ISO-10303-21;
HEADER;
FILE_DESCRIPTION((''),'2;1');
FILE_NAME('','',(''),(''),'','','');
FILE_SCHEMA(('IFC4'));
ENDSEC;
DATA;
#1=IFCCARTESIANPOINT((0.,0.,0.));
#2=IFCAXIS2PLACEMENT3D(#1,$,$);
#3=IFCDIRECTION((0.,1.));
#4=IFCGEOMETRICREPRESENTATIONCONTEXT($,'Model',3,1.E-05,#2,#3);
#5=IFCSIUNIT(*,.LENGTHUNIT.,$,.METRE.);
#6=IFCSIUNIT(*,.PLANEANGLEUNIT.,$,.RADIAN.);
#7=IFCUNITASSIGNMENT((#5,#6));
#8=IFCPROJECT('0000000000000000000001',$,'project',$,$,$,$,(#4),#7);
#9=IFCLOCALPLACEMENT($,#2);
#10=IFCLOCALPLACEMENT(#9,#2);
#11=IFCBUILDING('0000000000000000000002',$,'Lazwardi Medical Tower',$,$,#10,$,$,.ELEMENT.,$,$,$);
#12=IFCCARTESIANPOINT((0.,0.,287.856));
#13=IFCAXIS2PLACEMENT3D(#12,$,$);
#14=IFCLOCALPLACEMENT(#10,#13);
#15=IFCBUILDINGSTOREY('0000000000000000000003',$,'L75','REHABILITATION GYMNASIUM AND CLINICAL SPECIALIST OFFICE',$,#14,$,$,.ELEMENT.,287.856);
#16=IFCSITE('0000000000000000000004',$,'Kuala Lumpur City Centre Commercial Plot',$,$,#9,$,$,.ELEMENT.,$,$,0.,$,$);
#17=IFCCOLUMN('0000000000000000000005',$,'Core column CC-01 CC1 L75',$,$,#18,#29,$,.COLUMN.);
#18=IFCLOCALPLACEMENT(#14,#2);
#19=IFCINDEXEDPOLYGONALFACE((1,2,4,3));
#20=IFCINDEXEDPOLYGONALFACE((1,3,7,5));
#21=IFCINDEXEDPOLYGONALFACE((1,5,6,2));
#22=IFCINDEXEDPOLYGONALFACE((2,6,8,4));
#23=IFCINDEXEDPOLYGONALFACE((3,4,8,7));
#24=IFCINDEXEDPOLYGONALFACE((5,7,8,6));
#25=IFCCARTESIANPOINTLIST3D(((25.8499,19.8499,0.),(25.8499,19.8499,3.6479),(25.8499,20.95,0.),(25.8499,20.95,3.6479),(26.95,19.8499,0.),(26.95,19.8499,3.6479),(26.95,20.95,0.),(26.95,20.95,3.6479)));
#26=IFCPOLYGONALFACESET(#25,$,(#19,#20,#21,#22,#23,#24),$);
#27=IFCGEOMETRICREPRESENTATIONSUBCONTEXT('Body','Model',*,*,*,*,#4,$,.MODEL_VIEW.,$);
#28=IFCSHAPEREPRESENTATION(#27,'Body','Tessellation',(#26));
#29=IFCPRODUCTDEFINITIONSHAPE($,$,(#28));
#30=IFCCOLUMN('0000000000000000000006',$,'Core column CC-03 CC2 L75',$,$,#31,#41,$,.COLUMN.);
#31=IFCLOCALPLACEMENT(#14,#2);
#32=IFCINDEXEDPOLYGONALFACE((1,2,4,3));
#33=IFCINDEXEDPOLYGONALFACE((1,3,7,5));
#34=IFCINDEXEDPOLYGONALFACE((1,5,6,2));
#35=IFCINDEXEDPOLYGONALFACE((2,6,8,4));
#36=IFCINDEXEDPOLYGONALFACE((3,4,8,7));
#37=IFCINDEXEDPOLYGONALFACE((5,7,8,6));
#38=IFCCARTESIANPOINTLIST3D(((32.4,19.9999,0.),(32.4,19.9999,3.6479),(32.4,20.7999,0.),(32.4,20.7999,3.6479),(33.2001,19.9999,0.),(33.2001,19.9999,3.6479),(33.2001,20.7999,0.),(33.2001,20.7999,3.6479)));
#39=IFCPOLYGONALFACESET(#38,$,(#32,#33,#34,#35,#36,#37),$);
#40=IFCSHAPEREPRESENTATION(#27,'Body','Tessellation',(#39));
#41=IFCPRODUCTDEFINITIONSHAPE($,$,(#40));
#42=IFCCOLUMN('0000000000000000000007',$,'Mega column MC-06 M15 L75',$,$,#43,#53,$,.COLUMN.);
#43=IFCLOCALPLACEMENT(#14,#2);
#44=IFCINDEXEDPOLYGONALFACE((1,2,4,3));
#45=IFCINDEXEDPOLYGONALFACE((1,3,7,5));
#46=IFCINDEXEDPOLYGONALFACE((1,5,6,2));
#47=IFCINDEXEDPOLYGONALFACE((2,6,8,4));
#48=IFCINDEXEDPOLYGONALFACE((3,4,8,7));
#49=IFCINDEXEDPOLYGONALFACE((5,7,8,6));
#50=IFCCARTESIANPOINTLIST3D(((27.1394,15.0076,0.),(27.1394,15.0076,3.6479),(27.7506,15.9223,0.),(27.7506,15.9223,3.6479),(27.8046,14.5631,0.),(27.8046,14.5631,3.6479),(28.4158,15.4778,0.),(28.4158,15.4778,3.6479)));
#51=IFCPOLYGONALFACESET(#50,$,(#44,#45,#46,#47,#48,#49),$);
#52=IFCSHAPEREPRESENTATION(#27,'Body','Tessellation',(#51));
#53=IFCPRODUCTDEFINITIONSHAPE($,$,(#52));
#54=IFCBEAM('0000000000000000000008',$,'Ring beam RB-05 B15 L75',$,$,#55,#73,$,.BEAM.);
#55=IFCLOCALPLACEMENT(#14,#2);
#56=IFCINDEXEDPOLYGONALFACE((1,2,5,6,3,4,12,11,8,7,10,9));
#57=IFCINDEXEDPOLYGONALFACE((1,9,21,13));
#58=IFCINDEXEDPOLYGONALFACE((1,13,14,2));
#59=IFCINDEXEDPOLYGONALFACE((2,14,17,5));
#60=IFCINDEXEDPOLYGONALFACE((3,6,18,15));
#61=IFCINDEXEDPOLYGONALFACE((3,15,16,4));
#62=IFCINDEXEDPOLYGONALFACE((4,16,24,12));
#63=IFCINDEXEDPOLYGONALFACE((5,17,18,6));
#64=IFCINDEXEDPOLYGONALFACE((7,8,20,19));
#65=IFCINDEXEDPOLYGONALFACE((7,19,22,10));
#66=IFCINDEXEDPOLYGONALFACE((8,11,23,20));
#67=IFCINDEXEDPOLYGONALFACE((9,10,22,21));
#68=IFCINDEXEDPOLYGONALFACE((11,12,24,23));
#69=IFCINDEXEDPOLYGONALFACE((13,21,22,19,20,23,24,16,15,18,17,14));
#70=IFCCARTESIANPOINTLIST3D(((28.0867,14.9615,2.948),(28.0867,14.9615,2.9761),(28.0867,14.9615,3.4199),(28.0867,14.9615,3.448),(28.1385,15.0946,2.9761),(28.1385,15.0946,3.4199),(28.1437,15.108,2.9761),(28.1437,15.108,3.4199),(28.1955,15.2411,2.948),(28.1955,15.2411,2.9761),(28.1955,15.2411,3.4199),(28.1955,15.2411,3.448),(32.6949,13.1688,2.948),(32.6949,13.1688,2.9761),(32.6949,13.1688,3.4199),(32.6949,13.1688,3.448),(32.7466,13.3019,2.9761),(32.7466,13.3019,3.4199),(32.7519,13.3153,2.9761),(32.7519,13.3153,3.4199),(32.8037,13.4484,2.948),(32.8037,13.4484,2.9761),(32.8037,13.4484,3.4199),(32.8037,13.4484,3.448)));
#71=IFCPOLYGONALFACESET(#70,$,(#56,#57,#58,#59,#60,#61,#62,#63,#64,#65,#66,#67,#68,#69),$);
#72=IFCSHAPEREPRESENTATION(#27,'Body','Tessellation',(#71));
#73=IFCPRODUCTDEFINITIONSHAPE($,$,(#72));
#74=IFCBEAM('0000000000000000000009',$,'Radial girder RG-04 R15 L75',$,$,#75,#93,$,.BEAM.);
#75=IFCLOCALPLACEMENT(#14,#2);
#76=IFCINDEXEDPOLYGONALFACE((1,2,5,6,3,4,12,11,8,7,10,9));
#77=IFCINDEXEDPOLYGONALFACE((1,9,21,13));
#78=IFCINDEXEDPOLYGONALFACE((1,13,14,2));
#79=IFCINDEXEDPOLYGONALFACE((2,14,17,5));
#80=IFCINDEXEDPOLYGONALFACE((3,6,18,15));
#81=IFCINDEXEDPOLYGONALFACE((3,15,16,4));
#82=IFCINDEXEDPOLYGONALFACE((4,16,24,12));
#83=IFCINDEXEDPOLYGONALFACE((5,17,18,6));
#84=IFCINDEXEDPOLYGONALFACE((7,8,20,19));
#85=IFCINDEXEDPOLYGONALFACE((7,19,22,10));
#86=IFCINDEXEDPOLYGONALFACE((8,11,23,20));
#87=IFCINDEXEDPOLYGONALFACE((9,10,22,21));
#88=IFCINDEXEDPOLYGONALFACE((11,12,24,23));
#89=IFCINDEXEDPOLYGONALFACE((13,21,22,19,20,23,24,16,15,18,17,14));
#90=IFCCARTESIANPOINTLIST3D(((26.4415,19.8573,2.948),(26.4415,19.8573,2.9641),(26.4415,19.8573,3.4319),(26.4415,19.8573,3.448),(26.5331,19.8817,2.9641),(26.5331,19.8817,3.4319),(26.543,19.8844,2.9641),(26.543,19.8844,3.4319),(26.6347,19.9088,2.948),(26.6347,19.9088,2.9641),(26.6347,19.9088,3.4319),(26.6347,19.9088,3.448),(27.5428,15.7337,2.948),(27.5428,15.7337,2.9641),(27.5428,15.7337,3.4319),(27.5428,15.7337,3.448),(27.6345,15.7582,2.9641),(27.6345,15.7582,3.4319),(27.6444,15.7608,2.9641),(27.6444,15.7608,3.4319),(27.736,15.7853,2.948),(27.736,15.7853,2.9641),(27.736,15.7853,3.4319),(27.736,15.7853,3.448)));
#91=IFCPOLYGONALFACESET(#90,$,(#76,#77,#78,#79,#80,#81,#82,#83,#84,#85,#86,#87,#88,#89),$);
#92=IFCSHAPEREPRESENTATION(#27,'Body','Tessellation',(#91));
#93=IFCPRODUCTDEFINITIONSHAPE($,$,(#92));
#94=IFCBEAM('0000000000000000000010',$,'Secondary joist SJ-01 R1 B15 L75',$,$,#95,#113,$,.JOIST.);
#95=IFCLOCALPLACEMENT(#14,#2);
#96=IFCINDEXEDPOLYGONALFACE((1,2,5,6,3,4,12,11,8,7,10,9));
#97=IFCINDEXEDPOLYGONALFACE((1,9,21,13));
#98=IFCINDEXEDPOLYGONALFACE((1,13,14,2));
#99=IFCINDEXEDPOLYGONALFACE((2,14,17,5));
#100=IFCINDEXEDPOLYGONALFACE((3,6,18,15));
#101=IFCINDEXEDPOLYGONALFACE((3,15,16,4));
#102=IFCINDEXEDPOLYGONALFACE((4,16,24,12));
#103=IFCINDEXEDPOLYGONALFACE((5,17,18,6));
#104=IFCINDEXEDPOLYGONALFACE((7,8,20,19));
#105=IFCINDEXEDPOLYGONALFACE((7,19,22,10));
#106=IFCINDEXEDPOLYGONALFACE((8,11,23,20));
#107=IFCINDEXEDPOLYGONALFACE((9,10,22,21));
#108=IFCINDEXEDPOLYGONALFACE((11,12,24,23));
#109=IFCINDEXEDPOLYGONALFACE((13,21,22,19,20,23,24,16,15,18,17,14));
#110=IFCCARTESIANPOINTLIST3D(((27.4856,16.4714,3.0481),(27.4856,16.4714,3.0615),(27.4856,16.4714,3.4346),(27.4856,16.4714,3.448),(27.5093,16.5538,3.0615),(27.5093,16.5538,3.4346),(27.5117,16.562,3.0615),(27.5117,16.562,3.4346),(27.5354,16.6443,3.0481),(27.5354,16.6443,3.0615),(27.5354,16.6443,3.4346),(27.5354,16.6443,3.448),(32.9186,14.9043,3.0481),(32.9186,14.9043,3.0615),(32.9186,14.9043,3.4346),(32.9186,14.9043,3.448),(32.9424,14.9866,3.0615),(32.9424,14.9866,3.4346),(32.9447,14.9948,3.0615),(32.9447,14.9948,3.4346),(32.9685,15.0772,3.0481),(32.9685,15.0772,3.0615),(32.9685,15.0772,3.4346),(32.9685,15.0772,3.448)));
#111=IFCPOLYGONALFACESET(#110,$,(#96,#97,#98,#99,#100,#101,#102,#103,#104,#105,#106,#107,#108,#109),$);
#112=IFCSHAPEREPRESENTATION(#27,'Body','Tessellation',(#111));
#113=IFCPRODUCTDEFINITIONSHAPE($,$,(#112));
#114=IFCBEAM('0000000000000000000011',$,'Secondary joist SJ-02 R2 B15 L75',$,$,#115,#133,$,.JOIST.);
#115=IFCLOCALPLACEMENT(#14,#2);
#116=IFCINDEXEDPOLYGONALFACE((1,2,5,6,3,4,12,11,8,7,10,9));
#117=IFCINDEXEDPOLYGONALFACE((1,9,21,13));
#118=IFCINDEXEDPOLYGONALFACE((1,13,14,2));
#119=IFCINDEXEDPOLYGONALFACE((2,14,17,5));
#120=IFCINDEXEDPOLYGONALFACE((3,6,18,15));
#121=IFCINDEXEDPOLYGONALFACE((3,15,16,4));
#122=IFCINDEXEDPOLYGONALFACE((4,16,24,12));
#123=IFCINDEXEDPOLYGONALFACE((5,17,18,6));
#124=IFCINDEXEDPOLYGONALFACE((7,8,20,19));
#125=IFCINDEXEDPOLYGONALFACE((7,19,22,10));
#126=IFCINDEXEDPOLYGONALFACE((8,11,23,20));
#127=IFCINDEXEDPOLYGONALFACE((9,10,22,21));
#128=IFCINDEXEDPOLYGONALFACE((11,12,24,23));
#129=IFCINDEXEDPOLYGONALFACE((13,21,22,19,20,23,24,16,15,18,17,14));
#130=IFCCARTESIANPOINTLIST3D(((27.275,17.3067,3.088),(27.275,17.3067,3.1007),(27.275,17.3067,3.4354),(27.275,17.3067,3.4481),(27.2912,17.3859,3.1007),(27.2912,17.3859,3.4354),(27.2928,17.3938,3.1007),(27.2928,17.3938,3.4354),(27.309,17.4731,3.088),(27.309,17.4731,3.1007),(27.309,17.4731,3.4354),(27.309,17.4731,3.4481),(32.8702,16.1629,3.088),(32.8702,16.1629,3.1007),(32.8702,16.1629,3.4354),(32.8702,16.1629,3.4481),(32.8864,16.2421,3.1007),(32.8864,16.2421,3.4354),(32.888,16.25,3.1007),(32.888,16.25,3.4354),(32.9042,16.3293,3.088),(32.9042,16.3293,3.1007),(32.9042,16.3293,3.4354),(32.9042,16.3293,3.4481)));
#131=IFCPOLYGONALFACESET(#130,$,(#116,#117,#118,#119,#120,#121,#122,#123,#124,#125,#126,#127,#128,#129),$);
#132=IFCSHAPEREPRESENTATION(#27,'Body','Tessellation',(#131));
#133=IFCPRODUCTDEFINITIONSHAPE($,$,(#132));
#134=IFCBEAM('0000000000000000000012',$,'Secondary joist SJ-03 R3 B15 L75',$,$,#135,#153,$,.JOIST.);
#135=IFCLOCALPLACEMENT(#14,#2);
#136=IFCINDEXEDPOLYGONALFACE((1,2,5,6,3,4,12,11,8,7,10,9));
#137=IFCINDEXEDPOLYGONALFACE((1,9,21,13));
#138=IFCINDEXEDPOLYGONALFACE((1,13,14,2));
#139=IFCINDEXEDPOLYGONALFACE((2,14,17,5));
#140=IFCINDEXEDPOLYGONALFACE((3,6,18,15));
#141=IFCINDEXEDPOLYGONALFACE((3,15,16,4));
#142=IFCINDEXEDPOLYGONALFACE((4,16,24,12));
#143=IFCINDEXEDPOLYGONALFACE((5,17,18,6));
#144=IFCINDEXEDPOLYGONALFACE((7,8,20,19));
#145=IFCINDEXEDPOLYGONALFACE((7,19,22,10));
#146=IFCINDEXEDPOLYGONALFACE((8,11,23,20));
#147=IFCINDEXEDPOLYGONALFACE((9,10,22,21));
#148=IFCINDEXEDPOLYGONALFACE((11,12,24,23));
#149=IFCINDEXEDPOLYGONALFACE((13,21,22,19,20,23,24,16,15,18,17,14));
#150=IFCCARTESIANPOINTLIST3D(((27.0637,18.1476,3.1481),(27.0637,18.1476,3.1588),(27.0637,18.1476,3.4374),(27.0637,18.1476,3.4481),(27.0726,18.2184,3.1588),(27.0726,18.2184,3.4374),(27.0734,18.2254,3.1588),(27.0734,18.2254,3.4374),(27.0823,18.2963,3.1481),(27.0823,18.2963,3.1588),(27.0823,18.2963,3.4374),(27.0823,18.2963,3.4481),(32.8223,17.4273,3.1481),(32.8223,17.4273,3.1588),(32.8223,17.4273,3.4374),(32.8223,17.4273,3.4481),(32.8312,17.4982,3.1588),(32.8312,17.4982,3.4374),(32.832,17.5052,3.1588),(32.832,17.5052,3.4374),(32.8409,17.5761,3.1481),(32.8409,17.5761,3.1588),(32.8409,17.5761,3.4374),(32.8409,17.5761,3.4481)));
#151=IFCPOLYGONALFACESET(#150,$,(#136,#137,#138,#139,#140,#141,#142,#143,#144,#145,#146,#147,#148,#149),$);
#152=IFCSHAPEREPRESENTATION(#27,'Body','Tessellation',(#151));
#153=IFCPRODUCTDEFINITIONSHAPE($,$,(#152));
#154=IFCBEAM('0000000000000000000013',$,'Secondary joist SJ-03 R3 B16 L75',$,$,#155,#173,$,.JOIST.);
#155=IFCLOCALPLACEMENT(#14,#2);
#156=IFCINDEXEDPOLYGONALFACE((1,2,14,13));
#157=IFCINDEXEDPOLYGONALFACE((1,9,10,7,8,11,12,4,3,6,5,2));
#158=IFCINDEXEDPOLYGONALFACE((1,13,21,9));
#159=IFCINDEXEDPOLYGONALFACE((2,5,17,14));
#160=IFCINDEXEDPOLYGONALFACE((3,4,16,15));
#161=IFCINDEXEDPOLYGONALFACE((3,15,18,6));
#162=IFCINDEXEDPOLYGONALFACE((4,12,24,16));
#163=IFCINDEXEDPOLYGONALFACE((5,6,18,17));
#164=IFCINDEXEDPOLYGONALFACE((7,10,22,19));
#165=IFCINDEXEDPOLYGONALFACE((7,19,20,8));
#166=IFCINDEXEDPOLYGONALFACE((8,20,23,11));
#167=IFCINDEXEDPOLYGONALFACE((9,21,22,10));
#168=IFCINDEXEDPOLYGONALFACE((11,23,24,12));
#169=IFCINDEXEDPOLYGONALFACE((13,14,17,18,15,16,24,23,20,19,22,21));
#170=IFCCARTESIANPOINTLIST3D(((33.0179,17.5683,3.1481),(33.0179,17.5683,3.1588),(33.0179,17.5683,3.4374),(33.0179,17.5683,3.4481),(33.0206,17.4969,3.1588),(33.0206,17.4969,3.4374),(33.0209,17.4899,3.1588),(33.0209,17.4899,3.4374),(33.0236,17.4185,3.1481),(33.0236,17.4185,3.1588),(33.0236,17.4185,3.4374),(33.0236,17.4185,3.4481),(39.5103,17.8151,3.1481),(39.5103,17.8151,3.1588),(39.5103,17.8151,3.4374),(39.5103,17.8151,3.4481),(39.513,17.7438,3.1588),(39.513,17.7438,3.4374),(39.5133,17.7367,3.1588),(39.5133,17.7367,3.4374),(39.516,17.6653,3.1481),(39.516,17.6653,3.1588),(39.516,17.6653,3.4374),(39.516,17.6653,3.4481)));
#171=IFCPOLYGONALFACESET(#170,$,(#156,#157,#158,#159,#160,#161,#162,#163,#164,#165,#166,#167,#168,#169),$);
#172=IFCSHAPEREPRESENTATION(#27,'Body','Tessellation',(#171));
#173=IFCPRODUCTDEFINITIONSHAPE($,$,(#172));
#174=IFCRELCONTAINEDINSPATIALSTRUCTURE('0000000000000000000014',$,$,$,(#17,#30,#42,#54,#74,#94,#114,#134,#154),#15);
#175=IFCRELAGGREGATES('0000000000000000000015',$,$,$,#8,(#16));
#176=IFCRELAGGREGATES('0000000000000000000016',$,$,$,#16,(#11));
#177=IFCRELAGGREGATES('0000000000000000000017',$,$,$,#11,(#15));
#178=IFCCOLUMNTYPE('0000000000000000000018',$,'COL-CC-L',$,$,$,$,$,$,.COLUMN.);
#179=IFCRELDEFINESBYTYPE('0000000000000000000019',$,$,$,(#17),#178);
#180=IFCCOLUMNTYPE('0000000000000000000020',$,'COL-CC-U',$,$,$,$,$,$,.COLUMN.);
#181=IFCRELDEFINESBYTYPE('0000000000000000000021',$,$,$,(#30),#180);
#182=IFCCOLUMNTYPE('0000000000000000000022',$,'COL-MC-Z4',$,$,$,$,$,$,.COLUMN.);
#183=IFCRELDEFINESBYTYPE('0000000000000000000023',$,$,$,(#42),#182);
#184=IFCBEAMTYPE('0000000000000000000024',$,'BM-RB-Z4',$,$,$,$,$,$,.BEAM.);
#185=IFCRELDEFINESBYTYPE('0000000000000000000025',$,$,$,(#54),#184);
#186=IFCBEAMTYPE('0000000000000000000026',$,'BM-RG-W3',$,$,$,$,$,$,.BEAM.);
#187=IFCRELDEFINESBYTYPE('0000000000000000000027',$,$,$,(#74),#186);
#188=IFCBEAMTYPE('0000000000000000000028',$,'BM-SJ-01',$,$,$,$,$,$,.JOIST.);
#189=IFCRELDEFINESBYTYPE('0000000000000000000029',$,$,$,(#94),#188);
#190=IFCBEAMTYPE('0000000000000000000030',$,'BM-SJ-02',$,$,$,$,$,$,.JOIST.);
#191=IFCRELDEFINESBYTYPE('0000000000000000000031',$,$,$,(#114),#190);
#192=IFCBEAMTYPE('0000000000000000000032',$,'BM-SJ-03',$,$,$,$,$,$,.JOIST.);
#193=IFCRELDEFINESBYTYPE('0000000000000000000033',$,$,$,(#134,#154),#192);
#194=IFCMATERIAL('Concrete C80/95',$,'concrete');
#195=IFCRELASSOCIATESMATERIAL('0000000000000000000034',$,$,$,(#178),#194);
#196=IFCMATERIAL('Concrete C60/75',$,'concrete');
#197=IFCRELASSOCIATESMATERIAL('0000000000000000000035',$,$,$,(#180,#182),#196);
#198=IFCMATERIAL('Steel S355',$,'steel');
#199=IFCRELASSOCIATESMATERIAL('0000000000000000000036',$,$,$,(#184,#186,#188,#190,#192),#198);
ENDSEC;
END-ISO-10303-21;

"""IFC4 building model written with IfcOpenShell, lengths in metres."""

from ifc_helpers import new_model, si_unit, direction, frame, origin, origin_2d, place, context, subcontext, project, spatial, rectangle, i_section, extrude, material, material_profile, profile_set, type_object, element, save


model = new_model("IFC4")

# Units and contexts
model_context = context("Model", 3, precision=1e-05, world=origin(), true_north=direction((0.0, 1.0)))
body_context = subcontext(model_context, "Body", "Model", "MODEL_VIEW")
ifc_project = project(units=[si_unit("LENGTHUNIT", "METRE"), si_unit("PLANEANGLEUNIT", "RADIAN")], contexts=[model_context])

# Site, building, storey
site_placement = place(None, origin())
site = spatial("IfcSite", under=ifc_project, at=site_placement, Name="Kuala Lumpur City Centre Commercial Plot", CompositionType="ELEMENT", RefElevation=0.0)
building_placement = place(site_placement, origin())
building = spatial("IfcBuilding", under=site, at=building_placement, Name="Lazwardi Medical Tower", CompositionType="ELEMENT")
storey_placement = place(building_placement, frame((0.0, 0.0, 287.856)))
storey = spatial("IfcBuildingStorey", under=building, at=storey_placement, Name="L75", Description="REHABILITATION GYMNASIUM AND CLINICAL SPECIALIST OFFICE", CompositionType="ELEMENT", Elevation=287.856)

# Columns
ifc_material_1 = material(Name="Concrete C80/95", Category="concrete")
ifc_material_profile_1 = material_profile(ifc_material_1, rectangle(XDim=1.1001, YDim=1.1001, at=origin_2d()), Name="RC 1100x1100")
ifc_profile_set_1 = profile_set([ifc_material_profile_1], Name="Concrete C80/95")
column_type_1 = type_object("IfcColumnType", Name="COL-CC-L", PredefinedType="COLUMN", material=ifc_profile_set_1)
column_1_placement = place(storey_placement, frame((26.3999, 20.3999, 0.0), z_axis=(0.0, 0.0, 1.0), x_axis=(1.0, 0.0, 0.0)))
element("IfcColumn", 1, at=column_1_placement, inside=storey, type_object=column_type_1, Name="Core column CC-01 CC1 L75", PredefinedType="COLUMN", context=body_context, shape_type="SweptSolid", body=[
    extrude(rectangle(XDim=1.1001, YDim=1.1001, at=origin_2d()), origin(), (0.0, 0.0, 1.0), 3.6479),
])
ifc_material_2 = material(Name="Concrete C60/75", Category="concrete")
ifc_material_profile_2 = material_profile(ifc_material_2, rectangle(XDim=0.8, YDim=0.8, at=origin_2d()), Name="RC 800x800")
ifc_profile_set_2 = profile_set([ifc_material_profile_2], Name="Concrete C60/75")
column_type_2 = type_object("IfcColumnType", Name="COL-CC-U", PredefinedType="COLUMN", material=ifc_profile_set_2)
column_2_placement = place(storey_placement, frame((32.8, 20.3999, 0.0), z_axis=(0.0, 0.0, 1.0), x_axis=(1.0, 0.0, 0.0)))
element("IfcColumn", 2, at=column_2_placement, inside=storey, type_object=column_type_2, Name="Core column CC-03 CC2 L75", PredefinedType="COLUMN", context=body_context, shape_type="SweptSolid", body=[
    extrude(rectangle(XDim=0.8, YDim=0.8, at=origin_2d()), origin(), (0.0, 0.0, 1.0), 3.6479),
])
ifc_material_profile_3 = material_profile(ifc_material_2, rectangle(XDim=1.1001, YDim=0.8, at=origin_2d()), Name="CFT-RECT 1100x800")
ifc_profile_set_3 = profile_set([ifc_material_profile_3], Name="Concrete C60/75")
column_type_3 = type_object("IfcColumnType", Name="COL-MC-Z4", PredefinedType="COLUMN", material=ifc_profile_set_3)
column_3_placement = place(storey_placement, frame((27.7776, 15.2427, 0.0), z_axis=(0.0, 0.0, 1.0), x_axis=(-0.55557, -0.83147, 0.0)))
element("IfcColumn", 3, at=column_3_placement, inside=storey, type_object=column_type_3, Name="Mega column MC-06 M15 L75", PredefinedType="COLUMN", context=body_context, shape_type="SweptSolid", body=[
    extrude(rectangle(XDim=1.1001, YDim=0.8, at=origin_2d()), origin(), (0.0, 0.0, 1.0), 3.6479),
])

# Beams
ifc_material_3 = material(Name="Steel S355", Category="steel")
ifc_material_profile_4 = material_profile(ifc_material_3, i_section(OverallWidth=0.3, OverallDepth=0.5, WebThickness=0.0144, FlangeThickness=0.0281, at=origin_2d()), Name="HEB 500")
ifc_profile_set_4 = profile_set([ifc_material_profile_4], Name="Steel S355")
beam_type_1 = type_object("IfcBeamType", Name="BM-RB-Z4", PredefinedType="BEAM", material=ifc_profile_set_4)
beam_1_placement = place(storey_placement, frame((28.1411, 15.1013, 3.198), z_axis=(0.931959, -0.362563, 0.0), x_axis=(0.362563, 0.931959, 0.0)))
element("IfcBeam", 4, at=beam_1_placement, inside=storey, type_object=beam_type_1, Name="Ring beam RB-05 B15 L75", PredefinedType="BEAM", context=body_context, shape_type="SweptSolid", body=[
    extrude(i_section(OverallWidth=0.3, OverallDepth=0.5, WebThickness=0.0144, FlangeThickness=0.0281, at=origin_2d()), origin(), (0.0, 0.0, 1.0), 4.9446),
])
ifc_material_profile_5 = material_profile(ifc_material_3, i_section(OverallWidth=0.2, OverallDepth=0.5, WebThickness=0.0103, FlangeThickness=0.0161, at=origin_2d()), Name="IPE 500")
ifc_profile_set_5 = profile_set([ifc_material_profile_5], Name="Steel S355")
beam_type_2 = type_object("IfcBeamType", Name="BM-RG-W3", PredefinedType="BEAM", material=ifc_profile_set_5)
beam_2_placement = place(storey_placement, frame((27.6394, 15.7595, 3.198), z_axis=(-0.258036, 0.966135, 0.0), x_axis=(-0.966135, -0.258036, 0.0)))
element("IfcBeam", 5, at=beam_2_placement, inside=storey, type_object=beam_type_2, Name="Radial girder RG-04 R15 L75", PredefinedType="BEAM", context=body_context, shape_type="SweptSolid", body=[
    extrude(i_section(OverallWidth=0.2, OverallDepth=0.5, WebThickness=0.0103, FlangeThickness=0.0161, at=origin_2d()), origin(), (0.0, 0.0, 1.0), 4.2681),
])
ifc_material_profile_6 = material_profile(ifc_material_3, i_section(OverallWidth=0.1799, OverallDepth=0.3999, WebThickness=0.0085, FlangeThickness=0.0134, at=origin_2d()), Name="IPE 400")
ifc_profile_set_6 = profile_set([ifc_material_profile_6], Name="Steel S355")
beam_type_3 = type_object("IfcBeamType", Name="BM-SJ-01", PredefinedType="JOIST", material=ifc_profile_set_6)
beam_3_placement = place(storey_placement, frame((27.5105, 16.5579, 3.248), z_axis=(0.960828, -0.277144, 0.0), x_axis=(0.277144, 0.960828, 0.0)))
element("IfcBeam", 6, at=beam_3_placement, inside=storey, type_object=beam_type_3, Name="Secondary joist SJ-01 R1 B15 L75", PredefinedType="JOIST", context=body_context, shape_type="SweptSolid", body=[
    extrude(i_section(OverallWidth=0.1799, OverallDepth=0.3999, WebThickness=0.0085, FlangeThickness=0.0134, at=origin_2d()), origin(), (0.0, 0.0, 1.0), 5.6545),
])
ifc_material_profile_7 = material_profile(ifc_material_3, i_section(OverallWidth=0.1699, OverallDepth=0.3601, WebThickness=0.0081, FlangeThickness=0.0127, at=origin_2d()), Name="IPE 360")
ifc_profile_set_7 = profile_set([ifc_material_profile_7], Name="Steel S355")
beam_type_4 = type_object("IfcBeamType", Name="BM-SJ-02", PredefinedType="JOIST", material=ifc_profile_set_7)
beam_4_placement = place(storey_placement, frame((27.292, 17.3899, 3.2681), z_axis=(0.979738, -0.200282, 0.0), x_axis=(0.200282, 0.979738, 0.0)))
element("IfcBeam", 7, at=beam_4_placement, inside=storey, type_object=beam_type_4, Name="Secondary joist SJ-02 R2 B15 L75", PredefinedType="JOIST", context=body_context, shape_type="SweptSolid", body=[
    extrude(i_section(OverallWidth=0.1699, OverallDepth=0.3601, WebThickness=0.0081, FlangeThickness=0.0127, at=origin_2d()), origin(), (0.0, 0.0, 1.0), 5.7109),
])
ifc_material_profile_8 = material_profile(ifc_material_3, i_section(OverallWidth=0.1499, OverallDepth=0.3, WebThickness=0.0071, FlangeThickness=0.0107, at=origin_2d()), Name="IPE 300")
ifc_profile_set_8 = profile_set([ifc_material_profile_8], Name="Steel S355")
beam_type_5 = type_object("IfcBeamType", Name="BM-SJ-03", PredefinedType="JOIST", material=ifc_profile_set_8)
beam_5_placement = place(storey_placement, frame((27.073, 18.2219, 3.2981), z_axis=(0.992269, -0.124102, 0.0), x_axis=(0.124102, 0.992269, 0.0)))
element("IfcBeam", 8, at=beam_5_placement, inside=storey, type_object=beam_type_5, Name="Secondary joist SJ-03 R3 B15 L75", PredefinedType="JOIST", context=body_context, shape_type="SweptSolid", body=[
    extrude(i_section(OverallWidth=0.1499, OverallDepth=0.3, WebThickness=0.0071, FlangeThickness=0.0107, at=origin_2d()), origin(), (0.0, 0.0, 1.0), 5.8035),
])
beam_6_placement = place(storey_placement, frame((33.0208, 17.4934, 3.2981), z_axis=(0.999278, 0.03799, 0.0), x_axis=(-0.03799, 0.999278, 0.0)))
element("IfcBeam", 9, at=beam_6_placement, inside=storey, type_object=beam_type_5, Name="Secondary joist SJ-03 R3 B16 L75", PredefinedType="JOIST", context=body_context, shape_type="SweptSolid", body=[
    extrude(i_section(OverallWidth=0.1499, OverallDepth=0.3, WebThickness=0.0071, FlangeThickness=0.0107, at=origin_2d()), origin(), (0.0, 0.0, 1.0), 6.4971),
])

save(model, "model.ifc")
